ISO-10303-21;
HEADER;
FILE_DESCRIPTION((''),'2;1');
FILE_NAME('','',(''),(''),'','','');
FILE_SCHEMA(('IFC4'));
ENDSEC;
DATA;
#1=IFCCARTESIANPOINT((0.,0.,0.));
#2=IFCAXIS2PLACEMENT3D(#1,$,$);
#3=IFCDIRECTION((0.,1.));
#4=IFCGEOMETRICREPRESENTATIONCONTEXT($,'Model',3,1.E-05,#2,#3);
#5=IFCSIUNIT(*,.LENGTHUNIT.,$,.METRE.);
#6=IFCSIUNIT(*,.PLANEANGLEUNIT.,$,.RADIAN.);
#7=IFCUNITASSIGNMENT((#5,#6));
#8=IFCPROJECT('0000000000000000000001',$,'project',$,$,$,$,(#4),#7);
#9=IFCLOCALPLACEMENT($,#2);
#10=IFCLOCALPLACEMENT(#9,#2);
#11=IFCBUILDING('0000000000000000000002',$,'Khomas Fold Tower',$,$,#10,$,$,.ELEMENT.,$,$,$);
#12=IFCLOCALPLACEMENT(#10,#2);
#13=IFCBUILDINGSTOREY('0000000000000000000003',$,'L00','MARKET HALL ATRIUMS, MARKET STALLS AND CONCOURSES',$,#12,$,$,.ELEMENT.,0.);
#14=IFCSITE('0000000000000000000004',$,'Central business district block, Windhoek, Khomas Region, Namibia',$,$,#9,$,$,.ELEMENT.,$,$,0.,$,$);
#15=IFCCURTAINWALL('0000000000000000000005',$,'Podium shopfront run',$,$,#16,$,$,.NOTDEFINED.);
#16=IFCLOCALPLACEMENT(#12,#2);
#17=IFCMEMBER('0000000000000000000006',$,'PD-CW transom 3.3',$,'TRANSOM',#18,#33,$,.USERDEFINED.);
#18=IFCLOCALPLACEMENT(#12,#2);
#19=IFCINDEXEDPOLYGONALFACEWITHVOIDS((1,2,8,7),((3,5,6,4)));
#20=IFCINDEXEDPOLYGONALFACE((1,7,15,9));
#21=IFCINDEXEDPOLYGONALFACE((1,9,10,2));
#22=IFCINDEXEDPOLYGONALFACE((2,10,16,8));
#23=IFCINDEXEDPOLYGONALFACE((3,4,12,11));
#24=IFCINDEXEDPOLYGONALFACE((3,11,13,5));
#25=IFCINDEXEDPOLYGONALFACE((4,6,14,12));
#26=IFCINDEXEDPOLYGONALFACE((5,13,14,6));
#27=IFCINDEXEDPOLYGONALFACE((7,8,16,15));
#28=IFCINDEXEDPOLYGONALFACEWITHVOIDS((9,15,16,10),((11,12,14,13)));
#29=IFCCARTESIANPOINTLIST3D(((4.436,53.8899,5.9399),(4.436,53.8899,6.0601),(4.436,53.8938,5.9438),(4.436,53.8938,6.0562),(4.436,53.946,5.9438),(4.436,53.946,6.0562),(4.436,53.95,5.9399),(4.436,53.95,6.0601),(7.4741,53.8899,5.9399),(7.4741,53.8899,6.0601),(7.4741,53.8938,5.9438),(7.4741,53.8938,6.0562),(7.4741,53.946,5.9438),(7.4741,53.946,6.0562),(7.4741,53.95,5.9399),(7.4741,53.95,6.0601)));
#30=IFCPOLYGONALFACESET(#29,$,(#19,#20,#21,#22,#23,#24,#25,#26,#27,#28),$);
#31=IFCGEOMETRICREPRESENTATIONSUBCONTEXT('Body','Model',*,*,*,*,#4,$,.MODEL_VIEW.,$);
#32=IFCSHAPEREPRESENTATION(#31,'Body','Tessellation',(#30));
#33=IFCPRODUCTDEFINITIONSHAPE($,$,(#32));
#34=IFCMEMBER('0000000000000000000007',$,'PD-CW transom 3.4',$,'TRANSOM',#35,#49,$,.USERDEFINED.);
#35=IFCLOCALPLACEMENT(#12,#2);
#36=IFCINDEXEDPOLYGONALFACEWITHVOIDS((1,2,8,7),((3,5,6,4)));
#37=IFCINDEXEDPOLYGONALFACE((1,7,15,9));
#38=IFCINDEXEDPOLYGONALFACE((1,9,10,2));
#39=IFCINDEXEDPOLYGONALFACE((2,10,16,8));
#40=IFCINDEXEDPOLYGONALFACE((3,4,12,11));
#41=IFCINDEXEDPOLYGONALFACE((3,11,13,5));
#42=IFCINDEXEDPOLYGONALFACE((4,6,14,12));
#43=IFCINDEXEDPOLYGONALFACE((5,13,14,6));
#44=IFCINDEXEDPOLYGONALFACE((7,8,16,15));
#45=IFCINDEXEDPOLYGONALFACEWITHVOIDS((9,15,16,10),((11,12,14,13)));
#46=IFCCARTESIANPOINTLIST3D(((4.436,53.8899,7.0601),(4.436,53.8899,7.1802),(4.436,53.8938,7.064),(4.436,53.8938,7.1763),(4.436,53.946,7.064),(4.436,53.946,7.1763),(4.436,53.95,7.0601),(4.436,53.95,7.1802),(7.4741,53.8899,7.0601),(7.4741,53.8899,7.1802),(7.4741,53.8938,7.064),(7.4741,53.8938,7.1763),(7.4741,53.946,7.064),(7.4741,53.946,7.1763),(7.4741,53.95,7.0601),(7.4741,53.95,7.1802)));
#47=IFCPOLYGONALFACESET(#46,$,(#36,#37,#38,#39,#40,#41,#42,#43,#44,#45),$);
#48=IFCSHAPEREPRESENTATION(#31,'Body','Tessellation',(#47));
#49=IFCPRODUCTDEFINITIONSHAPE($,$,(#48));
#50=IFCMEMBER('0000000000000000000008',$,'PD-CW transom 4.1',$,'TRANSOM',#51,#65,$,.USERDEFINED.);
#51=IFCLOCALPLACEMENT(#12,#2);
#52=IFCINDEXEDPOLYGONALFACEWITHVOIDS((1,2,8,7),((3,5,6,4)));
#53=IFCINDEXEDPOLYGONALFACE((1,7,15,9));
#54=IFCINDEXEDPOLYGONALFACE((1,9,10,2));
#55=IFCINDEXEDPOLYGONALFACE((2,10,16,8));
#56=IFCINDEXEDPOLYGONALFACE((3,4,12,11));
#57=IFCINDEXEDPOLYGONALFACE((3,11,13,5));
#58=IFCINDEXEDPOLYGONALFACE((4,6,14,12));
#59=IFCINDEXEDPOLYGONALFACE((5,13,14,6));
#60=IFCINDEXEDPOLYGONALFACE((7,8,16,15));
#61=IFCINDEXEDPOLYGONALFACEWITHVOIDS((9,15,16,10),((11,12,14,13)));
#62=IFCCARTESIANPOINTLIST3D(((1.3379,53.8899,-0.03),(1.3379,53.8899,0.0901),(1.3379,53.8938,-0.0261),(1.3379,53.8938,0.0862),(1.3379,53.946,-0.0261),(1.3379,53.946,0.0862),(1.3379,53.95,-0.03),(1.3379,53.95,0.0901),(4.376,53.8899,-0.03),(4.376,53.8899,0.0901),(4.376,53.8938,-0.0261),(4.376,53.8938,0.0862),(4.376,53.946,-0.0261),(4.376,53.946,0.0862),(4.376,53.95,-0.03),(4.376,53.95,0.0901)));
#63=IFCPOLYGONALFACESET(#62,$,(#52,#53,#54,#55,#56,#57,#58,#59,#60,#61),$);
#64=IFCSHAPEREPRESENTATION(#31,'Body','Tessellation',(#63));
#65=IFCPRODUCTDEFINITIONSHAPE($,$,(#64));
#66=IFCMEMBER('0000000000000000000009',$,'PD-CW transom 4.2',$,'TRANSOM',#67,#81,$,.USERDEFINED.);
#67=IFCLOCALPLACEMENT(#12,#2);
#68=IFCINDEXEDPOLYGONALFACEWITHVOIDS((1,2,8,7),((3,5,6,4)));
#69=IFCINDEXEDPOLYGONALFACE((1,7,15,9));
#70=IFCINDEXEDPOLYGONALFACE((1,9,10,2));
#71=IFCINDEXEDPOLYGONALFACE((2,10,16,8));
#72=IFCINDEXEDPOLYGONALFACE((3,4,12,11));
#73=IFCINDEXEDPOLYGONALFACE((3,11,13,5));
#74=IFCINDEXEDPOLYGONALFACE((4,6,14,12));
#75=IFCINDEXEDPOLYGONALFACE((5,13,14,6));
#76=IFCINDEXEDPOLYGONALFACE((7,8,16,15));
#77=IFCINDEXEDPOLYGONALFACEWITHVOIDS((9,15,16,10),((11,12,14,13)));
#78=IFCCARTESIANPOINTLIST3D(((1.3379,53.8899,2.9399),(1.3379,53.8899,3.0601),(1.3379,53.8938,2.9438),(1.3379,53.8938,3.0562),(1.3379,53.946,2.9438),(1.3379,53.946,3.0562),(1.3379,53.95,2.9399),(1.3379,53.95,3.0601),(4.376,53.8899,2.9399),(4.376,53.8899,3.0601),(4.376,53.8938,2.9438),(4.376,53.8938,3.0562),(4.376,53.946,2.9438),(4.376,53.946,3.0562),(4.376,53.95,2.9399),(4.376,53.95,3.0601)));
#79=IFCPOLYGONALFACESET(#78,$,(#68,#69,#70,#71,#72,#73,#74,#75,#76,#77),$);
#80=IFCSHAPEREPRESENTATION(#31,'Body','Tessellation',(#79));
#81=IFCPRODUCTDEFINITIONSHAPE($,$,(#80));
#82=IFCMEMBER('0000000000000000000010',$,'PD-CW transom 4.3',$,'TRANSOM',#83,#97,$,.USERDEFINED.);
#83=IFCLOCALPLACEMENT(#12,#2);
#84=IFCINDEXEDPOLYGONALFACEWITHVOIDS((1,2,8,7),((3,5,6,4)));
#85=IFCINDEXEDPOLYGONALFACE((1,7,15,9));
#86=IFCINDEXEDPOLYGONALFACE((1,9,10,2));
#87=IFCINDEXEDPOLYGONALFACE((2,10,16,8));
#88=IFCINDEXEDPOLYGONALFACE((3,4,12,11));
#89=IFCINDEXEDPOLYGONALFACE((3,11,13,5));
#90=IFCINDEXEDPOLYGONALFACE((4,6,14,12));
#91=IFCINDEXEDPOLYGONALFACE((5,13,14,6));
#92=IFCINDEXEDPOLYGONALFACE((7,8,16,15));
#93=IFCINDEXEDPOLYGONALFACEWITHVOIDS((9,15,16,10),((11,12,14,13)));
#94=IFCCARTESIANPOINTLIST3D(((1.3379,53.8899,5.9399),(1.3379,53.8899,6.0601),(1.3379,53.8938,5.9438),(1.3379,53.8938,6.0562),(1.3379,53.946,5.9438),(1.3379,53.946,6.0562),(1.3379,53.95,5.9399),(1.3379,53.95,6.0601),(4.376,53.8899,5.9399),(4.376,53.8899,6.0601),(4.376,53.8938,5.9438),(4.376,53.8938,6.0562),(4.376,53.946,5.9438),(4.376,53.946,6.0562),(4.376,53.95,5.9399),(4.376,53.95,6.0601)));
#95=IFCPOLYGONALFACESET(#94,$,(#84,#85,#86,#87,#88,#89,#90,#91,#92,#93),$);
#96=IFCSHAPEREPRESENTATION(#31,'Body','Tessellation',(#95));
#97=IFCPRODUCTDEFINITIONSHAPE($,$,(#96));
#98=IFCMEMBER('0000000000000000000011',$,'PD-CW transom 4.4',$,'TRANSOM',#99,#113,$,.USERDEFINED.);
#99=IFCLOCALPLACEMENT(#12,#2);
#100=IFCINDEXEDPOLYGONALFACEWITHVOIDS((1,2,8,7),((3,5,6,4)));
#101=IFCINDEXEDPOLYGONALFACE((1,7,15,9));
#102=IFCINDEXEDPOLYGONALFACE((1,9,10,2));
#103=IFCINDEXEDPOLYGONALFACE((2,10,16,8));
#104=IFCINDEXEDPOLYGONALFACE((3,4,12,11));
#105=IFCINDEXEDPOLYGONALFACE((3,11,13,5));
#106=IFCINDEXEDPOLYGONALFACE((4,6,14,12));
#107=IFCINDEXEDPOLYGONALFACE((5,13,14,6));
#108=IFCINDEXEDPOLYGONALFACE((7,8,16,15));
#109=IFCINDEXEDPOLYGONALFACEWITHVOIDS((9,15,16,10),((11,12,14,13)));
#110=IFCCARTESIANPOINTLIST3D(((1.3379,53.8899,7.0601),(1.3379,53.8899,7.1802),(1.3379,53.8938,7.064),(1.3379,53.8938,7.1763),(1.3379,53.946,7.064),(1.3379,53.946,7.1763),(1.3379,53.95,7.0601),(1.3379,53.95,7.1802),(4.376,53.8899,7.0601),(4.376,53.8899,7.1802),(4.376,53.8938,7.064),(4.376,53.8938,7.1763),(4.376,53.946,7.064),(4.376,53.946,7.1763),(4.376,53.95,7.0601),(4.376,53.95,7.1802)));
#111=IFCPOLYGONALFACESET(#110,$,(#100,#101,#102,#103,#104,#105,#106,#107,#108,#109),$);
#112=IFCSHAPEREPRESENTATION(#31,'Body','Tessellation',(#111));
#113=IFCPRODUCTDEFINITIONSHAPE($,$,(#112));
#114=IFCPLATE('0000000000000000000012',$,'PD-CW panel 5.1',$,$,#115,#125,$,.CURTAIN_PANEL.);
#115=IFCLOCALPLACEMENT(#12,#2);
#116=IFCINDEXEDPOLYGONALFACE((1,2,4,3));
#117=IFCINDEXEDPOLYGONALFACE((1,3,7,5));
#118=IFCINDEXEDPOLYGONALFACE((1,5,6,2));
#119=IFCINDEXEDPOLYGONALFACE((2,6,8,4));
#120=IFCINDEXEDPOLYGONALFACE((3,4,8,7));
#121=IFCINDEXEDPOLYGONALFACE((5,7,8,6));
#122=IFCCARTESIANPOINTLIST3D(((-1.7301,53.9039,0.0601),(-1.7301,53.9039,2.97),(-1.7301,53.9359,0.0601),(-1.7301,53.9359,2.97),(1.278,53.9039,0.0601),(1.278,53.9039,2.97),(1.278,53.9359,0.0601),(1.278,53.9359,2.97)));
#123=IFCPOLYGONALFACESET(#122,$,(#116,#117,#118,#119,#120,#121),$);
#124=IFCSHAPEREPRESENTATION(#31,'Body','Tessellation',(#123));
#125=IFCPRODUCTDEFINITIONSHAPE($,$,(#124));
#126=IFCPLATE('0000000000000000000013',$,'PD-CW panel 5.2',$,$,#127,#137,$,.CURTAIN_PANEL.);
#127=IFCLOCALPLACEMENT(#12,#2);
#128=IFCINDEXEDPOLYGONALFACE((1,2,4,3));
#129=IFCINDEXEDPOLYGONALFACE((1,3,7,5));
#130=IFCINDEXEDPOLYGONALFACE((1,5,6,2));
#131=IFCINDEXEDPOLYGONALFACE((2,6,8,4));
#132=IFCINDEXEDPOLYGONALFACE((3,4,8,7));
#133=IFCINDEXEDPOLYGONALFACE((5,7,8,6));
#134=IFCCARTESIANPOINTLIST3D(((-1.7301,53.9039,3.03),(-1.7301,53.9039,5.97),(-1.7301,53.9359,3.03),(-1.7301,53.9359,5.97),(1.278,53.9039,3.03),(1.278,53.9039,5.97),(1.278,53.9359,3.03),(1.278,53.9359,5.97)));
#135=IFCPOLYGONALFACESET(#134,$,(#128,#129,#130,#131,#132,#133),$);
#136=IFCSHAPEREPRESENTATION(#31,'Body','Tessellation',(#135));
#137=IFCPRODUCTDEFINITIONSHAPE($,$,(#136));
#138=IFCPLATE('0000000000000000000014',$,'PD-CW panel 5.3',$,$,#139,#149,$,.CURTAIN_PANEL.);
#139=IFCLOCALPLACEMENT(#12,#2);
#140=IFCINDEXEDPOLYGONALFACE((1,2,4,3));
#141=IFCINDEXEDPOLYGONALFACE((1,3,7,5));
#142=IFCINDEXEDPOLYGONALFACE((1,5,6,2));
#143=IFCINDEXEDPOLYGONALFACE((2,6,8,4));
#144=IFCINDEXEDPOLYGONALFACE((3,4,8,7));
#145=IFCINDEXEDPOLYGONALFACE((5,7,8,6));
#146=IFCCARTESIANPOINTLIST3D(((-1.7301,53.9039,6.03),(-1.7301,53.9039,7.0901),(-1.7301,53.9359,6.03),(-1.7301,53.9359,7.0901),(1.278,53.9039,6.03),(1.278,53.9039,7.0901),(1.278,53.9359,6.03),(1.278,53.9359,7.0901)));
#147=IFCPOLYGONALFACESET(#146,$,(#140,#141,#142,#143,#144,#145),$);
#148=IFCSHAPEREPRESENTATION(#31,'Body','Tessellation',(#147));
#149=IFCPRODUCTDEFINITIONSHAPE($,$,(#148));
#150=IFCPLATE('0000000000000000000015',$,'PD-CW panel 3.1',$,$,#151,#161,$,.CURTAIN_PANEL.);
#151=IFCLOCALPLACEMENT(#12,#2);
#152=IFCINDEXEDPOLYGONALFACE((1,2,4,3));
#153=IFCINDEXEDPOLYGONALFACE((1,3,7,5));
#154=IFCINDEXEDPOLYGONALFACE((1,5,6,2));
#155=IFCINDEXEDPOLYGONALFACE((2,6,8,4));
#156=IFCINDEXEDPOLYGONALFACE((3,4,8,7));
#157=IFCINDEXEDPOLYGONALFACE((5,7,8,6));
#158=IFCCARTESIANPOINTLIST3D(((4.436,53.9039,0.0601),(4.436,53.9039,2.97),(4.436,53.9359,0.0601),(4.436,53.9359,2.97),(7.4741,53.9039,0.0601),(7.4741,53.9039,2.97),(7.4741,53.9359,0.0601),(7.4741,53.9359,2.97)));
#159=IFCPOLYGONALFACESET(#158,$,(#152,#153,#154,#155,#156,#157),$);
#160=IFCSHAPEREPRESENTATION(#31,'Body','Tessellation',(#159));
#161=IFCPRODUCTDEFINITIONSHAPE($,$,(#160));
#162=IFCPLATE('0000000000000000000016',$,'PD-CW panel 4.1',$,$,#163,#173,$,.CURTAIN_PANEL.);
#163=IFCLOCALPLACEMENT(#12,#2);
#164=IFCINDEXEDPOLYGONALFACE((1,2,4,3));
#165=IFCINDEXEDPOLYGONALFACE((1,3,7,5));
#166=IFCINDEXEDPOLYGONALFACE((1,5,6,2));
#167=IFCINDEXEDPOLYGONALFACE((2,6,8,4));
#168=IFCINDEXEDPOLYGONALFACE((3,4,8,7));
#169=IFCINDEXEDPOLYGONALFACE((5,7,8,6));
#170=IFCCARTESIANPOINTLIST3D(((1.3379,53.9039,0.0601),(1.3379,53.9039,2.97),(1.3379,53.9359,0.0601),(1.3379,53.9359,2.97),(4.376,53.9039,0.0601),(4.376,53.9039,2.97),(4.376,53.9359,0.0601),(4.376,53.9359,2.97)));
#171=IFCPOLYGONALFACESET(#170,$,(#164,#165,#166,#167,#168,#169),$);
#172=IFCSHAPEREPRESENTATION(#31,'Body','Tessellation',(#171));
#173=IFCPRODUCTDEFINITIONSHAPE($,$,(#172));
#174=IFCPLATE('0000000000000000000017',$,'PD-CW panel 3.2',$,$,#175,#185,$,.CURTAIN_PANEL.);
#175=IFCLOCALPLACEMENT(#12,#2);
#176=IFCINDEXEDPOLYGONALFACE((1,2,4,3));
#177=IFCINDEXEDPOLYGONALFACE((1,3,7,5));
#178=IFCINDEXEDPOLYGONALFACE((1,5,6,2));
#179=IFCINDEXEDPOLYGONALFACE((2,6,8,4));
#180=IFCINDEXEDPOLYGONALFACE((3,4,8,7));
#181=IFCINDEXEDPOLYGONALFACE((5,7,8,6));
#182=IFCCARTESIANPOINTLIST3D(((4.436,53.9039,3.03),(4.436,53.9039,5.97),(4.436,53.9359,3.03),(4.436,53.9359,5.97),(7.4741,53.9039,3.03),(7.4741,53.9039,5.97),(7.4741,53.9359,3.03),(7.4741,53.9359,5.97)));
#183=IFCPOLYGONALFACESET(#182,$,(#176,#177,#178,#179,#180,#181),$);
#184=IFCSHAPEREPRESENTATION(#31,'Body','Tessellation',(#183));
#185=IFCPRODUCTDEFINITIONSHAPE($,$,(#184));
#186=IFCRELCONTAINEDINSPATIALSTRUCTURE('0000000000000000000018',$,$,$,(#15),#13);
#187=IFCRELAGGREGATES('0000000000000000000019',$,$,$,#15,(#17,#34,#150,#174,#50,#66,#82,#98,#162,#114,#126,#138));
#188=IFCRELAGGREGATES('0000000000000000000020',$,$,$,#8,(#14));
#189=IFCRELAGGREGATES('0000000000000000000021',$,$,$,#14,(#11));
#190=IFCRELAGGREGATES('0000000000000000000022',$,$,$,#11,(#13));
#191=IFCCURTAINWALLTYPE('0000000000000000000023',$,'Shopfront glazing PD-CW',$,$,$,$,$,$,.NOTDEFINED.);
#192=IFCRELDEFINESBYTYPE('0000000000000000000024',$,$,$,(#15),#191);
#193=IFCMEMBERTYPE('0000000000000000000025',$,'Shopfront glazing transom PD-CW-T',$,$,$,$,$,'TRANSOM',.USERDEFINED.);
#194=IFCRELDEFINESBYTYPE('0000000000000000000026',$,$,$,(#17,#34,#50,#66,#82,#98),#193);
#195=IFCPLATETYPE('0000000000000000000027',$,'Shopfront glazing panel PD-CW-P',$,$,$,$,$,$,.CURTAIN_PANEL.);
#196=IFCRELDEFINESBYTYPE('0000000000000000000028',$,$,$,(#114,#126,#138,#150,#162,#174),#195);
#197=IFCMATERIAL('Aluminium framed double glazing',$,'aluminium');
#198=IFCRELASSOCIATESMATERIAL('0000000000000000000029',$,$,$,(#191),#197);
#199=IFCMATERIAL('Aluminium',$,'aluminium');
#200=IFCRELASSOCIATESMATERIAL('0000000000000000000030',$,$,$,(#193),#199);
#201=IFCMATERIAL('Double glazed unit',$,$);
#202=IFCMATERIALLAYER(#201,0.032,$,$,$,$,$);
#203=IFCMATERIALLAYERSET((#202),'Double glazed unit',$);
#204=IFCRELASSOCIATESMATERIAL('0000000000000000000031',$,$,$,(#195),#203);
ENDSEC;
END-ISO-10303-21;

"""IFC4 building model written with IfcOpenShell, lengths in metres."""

from ifc_helpers import new_model, si_unit, direction, frame, origin, origin_2d, place, context, subcontext, project, spatial, rectangle, hollow_rectangle, extrude, source, transform, mapped, material, layer, layer_set, material_profile, profile_set, type_object, element, aggregate, save


model = new_model("IFC4")

# Units and contexts
model_context = context("Model", 3, precision=1e-05, world=origin(), true_north=direction((0.0, 1.0)))
body_context = subcontext(model_context, "Body", "Model", "MODEL_VIEW")
ifc_project = project(units=[si_unit("LENGTHUNIT", "METRE"), si_unit("PLANEANGLEUNIT", "RADIAN")], contexts=[model_context])

# Site, building, storey
site_placement = place(None, origin())
site = spatial("IfcSite", under=ifc_project, at=site_placement, Name="Central business district block, Windhoek, Khomas Region, Namibia", CompositionType="ELEMENT", RefElevation=0.0)
building_placement = place(site_placement, origin())
building = spatial("IfcBuilding", under=site, at=building_placement, Name="Khomas Fold Tower", CompositionType="ELEMENT")
storey_placement = place(building_placement, origin())
storey = spatial("IfcBuildingStorey", under=building, at=storey_placement, Name="L00", Description="MARKET HALL ATRIUMS, MARKET STALLS AND CONCOURSES", CompositionType="ELEMENT", Elevation=0.0)

# Curtain wall, members, plates
ifc_material_1 = material(Name="Aluminium framed double glazing", Category="aluminium")
curtain_wall_type = type_object("IfcCurtainWallType", Name="Shopfront glazing PD-CW", PredefinedType="NOTDEFINED", material=ifc_material_1)
curtain_wall_placement = place(storey_placement, origin())
curtain_wall = element("IfcCurtainWall", 1, at=curtain_wall_placement, inside=storey, type_object=curtain_wall_type, Name="Podium shopfront run", PredefinedType="NOTDEFINED")
ifc_material_2 = material(Name="Aluminium", Category="aluminium")
ifc_material_profile_1 = material_profile(ifc_material_2, hollow_rectangle(XDim=0.0601, YDim=0.1201, WallThickness=0.0039, at=origin_2d()), Name="Shopfront glazing transom PD-CW-T")
ifc_profile_set_1 = profile_set([ifc_material_profile_1], Name="Aluminium")
member_type_1 = type_object("IfcMemberType", Name="Shopfront glazing transom PD-CW-T", ElementType="TRANSOM", PredefinedType="USERDEFINED", material=ifc_profile_set_1)
shared_shape_1 = source(origin(), body_context, "Body", "SweptSolid", [
    extrude(hollow_rectangle(XDim=0.0601, YDim=0.1201, WallThickness=0.0039, at=origin_2d()), origin(), (0.0, 0.0, 1.0), 3.0381),
])
member_1_placement = place(storey_placement, frame((7.4741, 53.9199, 6.0), z_axis=(-1.0, 0.0, 0.0), x_axis=(0.0, -1.0, 0.0)))
member_1 = element("IfcMember", 2, at=member_1_placement, type_object=member_type_1, Name="PD-CW transom 3.3", ObjectType="TRANSOM", PredefinedType="USERDEFINED", context=body_context, shape_type="MappedRepresentation", body=[
    mapped(shared_shape_1, transform((0.0, 0.0, 0.0))),
])
member_2_placement = place(storey_placement, frame((7.4741, 53.9199, 7.1201), z_axis=(-1.0, 0.0, 0.0), x_axis=(0.0, -1.0, 0.0)))
member_2 = element("IfcMember", 3, at=member_2_placement, type_object=member_type_1, Name="PD-CW transom 3.4", ObjectType="TRANSOM", PredefinedType="USERDEFINED", context=body_context, shape_type="MappedRepresentation", body=[
    mapped(shared_shape_1, transform((0.0, 0.0, 0.0))),
])
member_3_placement = place(storey_placement, frame((4.376, 53.9199, 0.03), z_axis=(-1.0, 0.0, 0.0), x_axis=(0.0, -1.0, 0.0)))
member_3 = element("IfcMember", 4, at=member_3_placement, type_object=member_type_1, Name="PD-CW transom 4.1", ObjectType="TRANSOM", PredefinedType="USERDEFINED", context=body_context, shape_type="MappedRepresentation", body=[
    mapped(shared_shape_1, transform((0.0, 0.0, 0.0))),
])
member_4_placement = place(storey_placement, frame((4.376, 53.9199, 3.0), z_axis=(-1.0, 0.0, 0.0), x_axis=(0.0, -1.0, 0.0)))
member_4 = element("IfcMember", 5, at=member_4_placement, type_object=member_type_1, Name="PD-CW transom 4.2", ObjectType="TRANSOM", PredefinedType="USERDEFINED", context=body_context, shape_type="MappedRepresentation", body=[
    mapped(shared_shape_1, transform((0.0, 0.0, 0.0))),
])
member_5_placement = place(storey_placement, frame((4.376, 53.9199, 6.0), z_axis=(-1.0, 0.0, 0.0), x_axis=(0.0, -1.0, 0.0)))
member_5 = element("IfcMember", 6, at=member_5_placement, type_object=member_type_1, Name="PD-CW transom 4.3", ObjectType="TRANSOM", PredefinedType="USERDEFINED", context=body_context, shape_type="MappedRepresentation", body=[
    mapped(shared_shape_1, transform((0.0, 0.0, 0.0))),
])
member_6_placement = place(storey_placement, frame((4.376, 53.9199, 7.1201), z_axis=(-1.0, 0.0, 0.0), x_axis=(0.0, -1.0, 0.0)))
member_6 = element("IfcMember", 7, at=member_6_placement, type_object=member_type_1, Name="PD-CW transom 4.4", ObjectType="TRANSOM", PredefinedType="USERDEFINED", context=body_context, shape_type="MappedRepresentation", body=[
    mapped(shared_shape_1, transform((0.0, 0.0, 0.0))),
])
ifc_material_3 = material(Name="Double glazed unit")
ifc_layer = layer(ifc_material_3, 0.032)
ifc_layer_set = layer_set([ifc_layer], Name="Double glazed unit")
plate_type = type_object("IfcPlateType", Name="Shopfront glazing panel PD-CW-P", PredefinedType="CURTAIN_PANEL", material=ifc_layer_set)
shared_shape_2 = source(origin(), body_context, "Body", "SweptSolid", [
    extrude(rectangle(XDim=3.0081, YDim=0.032, at=origin_2d()), origin(), (0.0, 0.0, 1.0), 2.9099),
])
plate_1_placement = place(storey_placement, frame((-0.2261, 53.9199, 0.0601), z_axis=(0.0, 0.0, 1.0), x_axis=(-1.0, 0.0, 0.0)))
plate_1 = element("IfcPlate", 8, at=plate_1_placement, type_object=plate_type, Name="PD-CW panel 5.1", PredefinedType="CURTAIN_PANEL", context=body_context, shape_type="MappedRepresentation", body=[
    mapped(shared_shape_2, transform((0.0, 0.0, 0.0))),
])
shared_shape_3 = source(origin(), body_context, "Body", "SweptSolid", [
    extrude(rectangle(XDim=3.0081, YDim=0.032, at=origin_2d()), origin(), (0.0, 0.0, 1.0), 2.9399),
])
plate_2_placement = place(storey_placement, frame((-0.2261, 53.9199, 3.03), z_axis=(0.0, 0.0, 1.0), x_axis=(-1.0, 0.0, 0.0)))
plate_2 = element("IfcPlate", 9, at=plate_2_placement, type_object=plate_type, Name="PD-CW panel 5.2", PredefinedType="CURTAIN_PANEL", context=body_context, shape_type="MappedRepresentation", body=[
    mapped(shared_shape_3, transform((0.0, 0.0, 0.0))),
])
shared_shape_4 = source(origin(), body_context, "Body", "SweptSolid", [
    extrude(rectangle(XDim=3.0081, YDim=0.032, at=origin_2d()), origin(), (0.0, 0.0, 1.0), 1.0601),
])
plate_3_placement = place(storey_placement, frame((-0.2261, 53.9199, 6.03), z_axis=(0.0, 0.0, 1.0), x_axis=(-1.0, 0.0, 0.0)))
plate_3 = element("IfcPlate", 10, at=plate_3_placement, type_object=plate_type, Name="PD-CW panel 5.3", PredefinedType="CURTAIN_PANEL", context=body_context, shape_type="MappedRepresentation", body=[
    mapped(shared_shape_4, transform((0.0, 0.0, 0.0))),
])
shared_shape_5 = source(origin(), body_context, "Body", "SweptSolid", [
    extrude(rectangle(XDim=3.0381, YDim=0.032, at=origin_2d()), origin(), (0.0, 0.0, 1.0), 2.9099),
])
plate_4_placement = place(storey_placement, frame((5.9551, 53.9199, 0.0601), z_axis=(0.0, 0.0, 1.0), x_axis=(-1.0, 0.0, 0.0)))
plate_4 = element("IfcPlate", 11, at=plate_4_placement, type_object=plate_type, Name="PD-CW panel 3.1", PredefinedType="CURTAIN_PANEL", context=body_context, shape_type="MappedRepresentation", body=[
    mapped(shared_shape_5, transform((0.0, 0.0, 0.0))),
])
plate_5_placement = place(storey_placement, frame((2.8569, 53.9199, 0.0601), z_axis=(0.0, 0.0, 1.0), x_axis=(-1.0, 0.0, 0.0)))
plate_5 = element("IfcPlate", 12, at=plate_5_placement, type_object=plate_type, Name="PD-CW panel 4.1", PredefinedType="CURTAIN_PANEL", context=body_context, shape_type="MappedRepresentation", body=[
    mapped(shared_shape_5, transform((0.0, 0.0, 0.0))),
])
shared_shape_6 = source(origin(), body_context, "Body", "SweptSolid", [
    extrude(rectangle(XDim=3.0381, YDim=0.032, at=origin_2d()), origin(), (0.0, 0.0, 1.0), 2.9399),
])
plate_6_placement = place(storey_placement, frame((5.9551, 53.9199, 3.03), z_axis=(0.0, 0.0, 1.0), x_axis=(-1.0, 0.0, 0.0)))
plate_6 = element("IfcPlate", 13, at=plate_6_placement, type_object=plate_type, Name="PD-CW panel 3.2", PredefinedType="CURTAIN_PANEL", context=body_context, shape_type="MappedRepresentation", body=[
    mapped(shared_shape_6, transform((0.0, 0.0, 0.0))),
])
aggregate(curtain_wall, [member_1, member_2, plate_4, plate_6, member_3, member_4, member_5, member_6, plate_5, plate_1, plate_2, plate_3])

save(model, "model.ifc")
